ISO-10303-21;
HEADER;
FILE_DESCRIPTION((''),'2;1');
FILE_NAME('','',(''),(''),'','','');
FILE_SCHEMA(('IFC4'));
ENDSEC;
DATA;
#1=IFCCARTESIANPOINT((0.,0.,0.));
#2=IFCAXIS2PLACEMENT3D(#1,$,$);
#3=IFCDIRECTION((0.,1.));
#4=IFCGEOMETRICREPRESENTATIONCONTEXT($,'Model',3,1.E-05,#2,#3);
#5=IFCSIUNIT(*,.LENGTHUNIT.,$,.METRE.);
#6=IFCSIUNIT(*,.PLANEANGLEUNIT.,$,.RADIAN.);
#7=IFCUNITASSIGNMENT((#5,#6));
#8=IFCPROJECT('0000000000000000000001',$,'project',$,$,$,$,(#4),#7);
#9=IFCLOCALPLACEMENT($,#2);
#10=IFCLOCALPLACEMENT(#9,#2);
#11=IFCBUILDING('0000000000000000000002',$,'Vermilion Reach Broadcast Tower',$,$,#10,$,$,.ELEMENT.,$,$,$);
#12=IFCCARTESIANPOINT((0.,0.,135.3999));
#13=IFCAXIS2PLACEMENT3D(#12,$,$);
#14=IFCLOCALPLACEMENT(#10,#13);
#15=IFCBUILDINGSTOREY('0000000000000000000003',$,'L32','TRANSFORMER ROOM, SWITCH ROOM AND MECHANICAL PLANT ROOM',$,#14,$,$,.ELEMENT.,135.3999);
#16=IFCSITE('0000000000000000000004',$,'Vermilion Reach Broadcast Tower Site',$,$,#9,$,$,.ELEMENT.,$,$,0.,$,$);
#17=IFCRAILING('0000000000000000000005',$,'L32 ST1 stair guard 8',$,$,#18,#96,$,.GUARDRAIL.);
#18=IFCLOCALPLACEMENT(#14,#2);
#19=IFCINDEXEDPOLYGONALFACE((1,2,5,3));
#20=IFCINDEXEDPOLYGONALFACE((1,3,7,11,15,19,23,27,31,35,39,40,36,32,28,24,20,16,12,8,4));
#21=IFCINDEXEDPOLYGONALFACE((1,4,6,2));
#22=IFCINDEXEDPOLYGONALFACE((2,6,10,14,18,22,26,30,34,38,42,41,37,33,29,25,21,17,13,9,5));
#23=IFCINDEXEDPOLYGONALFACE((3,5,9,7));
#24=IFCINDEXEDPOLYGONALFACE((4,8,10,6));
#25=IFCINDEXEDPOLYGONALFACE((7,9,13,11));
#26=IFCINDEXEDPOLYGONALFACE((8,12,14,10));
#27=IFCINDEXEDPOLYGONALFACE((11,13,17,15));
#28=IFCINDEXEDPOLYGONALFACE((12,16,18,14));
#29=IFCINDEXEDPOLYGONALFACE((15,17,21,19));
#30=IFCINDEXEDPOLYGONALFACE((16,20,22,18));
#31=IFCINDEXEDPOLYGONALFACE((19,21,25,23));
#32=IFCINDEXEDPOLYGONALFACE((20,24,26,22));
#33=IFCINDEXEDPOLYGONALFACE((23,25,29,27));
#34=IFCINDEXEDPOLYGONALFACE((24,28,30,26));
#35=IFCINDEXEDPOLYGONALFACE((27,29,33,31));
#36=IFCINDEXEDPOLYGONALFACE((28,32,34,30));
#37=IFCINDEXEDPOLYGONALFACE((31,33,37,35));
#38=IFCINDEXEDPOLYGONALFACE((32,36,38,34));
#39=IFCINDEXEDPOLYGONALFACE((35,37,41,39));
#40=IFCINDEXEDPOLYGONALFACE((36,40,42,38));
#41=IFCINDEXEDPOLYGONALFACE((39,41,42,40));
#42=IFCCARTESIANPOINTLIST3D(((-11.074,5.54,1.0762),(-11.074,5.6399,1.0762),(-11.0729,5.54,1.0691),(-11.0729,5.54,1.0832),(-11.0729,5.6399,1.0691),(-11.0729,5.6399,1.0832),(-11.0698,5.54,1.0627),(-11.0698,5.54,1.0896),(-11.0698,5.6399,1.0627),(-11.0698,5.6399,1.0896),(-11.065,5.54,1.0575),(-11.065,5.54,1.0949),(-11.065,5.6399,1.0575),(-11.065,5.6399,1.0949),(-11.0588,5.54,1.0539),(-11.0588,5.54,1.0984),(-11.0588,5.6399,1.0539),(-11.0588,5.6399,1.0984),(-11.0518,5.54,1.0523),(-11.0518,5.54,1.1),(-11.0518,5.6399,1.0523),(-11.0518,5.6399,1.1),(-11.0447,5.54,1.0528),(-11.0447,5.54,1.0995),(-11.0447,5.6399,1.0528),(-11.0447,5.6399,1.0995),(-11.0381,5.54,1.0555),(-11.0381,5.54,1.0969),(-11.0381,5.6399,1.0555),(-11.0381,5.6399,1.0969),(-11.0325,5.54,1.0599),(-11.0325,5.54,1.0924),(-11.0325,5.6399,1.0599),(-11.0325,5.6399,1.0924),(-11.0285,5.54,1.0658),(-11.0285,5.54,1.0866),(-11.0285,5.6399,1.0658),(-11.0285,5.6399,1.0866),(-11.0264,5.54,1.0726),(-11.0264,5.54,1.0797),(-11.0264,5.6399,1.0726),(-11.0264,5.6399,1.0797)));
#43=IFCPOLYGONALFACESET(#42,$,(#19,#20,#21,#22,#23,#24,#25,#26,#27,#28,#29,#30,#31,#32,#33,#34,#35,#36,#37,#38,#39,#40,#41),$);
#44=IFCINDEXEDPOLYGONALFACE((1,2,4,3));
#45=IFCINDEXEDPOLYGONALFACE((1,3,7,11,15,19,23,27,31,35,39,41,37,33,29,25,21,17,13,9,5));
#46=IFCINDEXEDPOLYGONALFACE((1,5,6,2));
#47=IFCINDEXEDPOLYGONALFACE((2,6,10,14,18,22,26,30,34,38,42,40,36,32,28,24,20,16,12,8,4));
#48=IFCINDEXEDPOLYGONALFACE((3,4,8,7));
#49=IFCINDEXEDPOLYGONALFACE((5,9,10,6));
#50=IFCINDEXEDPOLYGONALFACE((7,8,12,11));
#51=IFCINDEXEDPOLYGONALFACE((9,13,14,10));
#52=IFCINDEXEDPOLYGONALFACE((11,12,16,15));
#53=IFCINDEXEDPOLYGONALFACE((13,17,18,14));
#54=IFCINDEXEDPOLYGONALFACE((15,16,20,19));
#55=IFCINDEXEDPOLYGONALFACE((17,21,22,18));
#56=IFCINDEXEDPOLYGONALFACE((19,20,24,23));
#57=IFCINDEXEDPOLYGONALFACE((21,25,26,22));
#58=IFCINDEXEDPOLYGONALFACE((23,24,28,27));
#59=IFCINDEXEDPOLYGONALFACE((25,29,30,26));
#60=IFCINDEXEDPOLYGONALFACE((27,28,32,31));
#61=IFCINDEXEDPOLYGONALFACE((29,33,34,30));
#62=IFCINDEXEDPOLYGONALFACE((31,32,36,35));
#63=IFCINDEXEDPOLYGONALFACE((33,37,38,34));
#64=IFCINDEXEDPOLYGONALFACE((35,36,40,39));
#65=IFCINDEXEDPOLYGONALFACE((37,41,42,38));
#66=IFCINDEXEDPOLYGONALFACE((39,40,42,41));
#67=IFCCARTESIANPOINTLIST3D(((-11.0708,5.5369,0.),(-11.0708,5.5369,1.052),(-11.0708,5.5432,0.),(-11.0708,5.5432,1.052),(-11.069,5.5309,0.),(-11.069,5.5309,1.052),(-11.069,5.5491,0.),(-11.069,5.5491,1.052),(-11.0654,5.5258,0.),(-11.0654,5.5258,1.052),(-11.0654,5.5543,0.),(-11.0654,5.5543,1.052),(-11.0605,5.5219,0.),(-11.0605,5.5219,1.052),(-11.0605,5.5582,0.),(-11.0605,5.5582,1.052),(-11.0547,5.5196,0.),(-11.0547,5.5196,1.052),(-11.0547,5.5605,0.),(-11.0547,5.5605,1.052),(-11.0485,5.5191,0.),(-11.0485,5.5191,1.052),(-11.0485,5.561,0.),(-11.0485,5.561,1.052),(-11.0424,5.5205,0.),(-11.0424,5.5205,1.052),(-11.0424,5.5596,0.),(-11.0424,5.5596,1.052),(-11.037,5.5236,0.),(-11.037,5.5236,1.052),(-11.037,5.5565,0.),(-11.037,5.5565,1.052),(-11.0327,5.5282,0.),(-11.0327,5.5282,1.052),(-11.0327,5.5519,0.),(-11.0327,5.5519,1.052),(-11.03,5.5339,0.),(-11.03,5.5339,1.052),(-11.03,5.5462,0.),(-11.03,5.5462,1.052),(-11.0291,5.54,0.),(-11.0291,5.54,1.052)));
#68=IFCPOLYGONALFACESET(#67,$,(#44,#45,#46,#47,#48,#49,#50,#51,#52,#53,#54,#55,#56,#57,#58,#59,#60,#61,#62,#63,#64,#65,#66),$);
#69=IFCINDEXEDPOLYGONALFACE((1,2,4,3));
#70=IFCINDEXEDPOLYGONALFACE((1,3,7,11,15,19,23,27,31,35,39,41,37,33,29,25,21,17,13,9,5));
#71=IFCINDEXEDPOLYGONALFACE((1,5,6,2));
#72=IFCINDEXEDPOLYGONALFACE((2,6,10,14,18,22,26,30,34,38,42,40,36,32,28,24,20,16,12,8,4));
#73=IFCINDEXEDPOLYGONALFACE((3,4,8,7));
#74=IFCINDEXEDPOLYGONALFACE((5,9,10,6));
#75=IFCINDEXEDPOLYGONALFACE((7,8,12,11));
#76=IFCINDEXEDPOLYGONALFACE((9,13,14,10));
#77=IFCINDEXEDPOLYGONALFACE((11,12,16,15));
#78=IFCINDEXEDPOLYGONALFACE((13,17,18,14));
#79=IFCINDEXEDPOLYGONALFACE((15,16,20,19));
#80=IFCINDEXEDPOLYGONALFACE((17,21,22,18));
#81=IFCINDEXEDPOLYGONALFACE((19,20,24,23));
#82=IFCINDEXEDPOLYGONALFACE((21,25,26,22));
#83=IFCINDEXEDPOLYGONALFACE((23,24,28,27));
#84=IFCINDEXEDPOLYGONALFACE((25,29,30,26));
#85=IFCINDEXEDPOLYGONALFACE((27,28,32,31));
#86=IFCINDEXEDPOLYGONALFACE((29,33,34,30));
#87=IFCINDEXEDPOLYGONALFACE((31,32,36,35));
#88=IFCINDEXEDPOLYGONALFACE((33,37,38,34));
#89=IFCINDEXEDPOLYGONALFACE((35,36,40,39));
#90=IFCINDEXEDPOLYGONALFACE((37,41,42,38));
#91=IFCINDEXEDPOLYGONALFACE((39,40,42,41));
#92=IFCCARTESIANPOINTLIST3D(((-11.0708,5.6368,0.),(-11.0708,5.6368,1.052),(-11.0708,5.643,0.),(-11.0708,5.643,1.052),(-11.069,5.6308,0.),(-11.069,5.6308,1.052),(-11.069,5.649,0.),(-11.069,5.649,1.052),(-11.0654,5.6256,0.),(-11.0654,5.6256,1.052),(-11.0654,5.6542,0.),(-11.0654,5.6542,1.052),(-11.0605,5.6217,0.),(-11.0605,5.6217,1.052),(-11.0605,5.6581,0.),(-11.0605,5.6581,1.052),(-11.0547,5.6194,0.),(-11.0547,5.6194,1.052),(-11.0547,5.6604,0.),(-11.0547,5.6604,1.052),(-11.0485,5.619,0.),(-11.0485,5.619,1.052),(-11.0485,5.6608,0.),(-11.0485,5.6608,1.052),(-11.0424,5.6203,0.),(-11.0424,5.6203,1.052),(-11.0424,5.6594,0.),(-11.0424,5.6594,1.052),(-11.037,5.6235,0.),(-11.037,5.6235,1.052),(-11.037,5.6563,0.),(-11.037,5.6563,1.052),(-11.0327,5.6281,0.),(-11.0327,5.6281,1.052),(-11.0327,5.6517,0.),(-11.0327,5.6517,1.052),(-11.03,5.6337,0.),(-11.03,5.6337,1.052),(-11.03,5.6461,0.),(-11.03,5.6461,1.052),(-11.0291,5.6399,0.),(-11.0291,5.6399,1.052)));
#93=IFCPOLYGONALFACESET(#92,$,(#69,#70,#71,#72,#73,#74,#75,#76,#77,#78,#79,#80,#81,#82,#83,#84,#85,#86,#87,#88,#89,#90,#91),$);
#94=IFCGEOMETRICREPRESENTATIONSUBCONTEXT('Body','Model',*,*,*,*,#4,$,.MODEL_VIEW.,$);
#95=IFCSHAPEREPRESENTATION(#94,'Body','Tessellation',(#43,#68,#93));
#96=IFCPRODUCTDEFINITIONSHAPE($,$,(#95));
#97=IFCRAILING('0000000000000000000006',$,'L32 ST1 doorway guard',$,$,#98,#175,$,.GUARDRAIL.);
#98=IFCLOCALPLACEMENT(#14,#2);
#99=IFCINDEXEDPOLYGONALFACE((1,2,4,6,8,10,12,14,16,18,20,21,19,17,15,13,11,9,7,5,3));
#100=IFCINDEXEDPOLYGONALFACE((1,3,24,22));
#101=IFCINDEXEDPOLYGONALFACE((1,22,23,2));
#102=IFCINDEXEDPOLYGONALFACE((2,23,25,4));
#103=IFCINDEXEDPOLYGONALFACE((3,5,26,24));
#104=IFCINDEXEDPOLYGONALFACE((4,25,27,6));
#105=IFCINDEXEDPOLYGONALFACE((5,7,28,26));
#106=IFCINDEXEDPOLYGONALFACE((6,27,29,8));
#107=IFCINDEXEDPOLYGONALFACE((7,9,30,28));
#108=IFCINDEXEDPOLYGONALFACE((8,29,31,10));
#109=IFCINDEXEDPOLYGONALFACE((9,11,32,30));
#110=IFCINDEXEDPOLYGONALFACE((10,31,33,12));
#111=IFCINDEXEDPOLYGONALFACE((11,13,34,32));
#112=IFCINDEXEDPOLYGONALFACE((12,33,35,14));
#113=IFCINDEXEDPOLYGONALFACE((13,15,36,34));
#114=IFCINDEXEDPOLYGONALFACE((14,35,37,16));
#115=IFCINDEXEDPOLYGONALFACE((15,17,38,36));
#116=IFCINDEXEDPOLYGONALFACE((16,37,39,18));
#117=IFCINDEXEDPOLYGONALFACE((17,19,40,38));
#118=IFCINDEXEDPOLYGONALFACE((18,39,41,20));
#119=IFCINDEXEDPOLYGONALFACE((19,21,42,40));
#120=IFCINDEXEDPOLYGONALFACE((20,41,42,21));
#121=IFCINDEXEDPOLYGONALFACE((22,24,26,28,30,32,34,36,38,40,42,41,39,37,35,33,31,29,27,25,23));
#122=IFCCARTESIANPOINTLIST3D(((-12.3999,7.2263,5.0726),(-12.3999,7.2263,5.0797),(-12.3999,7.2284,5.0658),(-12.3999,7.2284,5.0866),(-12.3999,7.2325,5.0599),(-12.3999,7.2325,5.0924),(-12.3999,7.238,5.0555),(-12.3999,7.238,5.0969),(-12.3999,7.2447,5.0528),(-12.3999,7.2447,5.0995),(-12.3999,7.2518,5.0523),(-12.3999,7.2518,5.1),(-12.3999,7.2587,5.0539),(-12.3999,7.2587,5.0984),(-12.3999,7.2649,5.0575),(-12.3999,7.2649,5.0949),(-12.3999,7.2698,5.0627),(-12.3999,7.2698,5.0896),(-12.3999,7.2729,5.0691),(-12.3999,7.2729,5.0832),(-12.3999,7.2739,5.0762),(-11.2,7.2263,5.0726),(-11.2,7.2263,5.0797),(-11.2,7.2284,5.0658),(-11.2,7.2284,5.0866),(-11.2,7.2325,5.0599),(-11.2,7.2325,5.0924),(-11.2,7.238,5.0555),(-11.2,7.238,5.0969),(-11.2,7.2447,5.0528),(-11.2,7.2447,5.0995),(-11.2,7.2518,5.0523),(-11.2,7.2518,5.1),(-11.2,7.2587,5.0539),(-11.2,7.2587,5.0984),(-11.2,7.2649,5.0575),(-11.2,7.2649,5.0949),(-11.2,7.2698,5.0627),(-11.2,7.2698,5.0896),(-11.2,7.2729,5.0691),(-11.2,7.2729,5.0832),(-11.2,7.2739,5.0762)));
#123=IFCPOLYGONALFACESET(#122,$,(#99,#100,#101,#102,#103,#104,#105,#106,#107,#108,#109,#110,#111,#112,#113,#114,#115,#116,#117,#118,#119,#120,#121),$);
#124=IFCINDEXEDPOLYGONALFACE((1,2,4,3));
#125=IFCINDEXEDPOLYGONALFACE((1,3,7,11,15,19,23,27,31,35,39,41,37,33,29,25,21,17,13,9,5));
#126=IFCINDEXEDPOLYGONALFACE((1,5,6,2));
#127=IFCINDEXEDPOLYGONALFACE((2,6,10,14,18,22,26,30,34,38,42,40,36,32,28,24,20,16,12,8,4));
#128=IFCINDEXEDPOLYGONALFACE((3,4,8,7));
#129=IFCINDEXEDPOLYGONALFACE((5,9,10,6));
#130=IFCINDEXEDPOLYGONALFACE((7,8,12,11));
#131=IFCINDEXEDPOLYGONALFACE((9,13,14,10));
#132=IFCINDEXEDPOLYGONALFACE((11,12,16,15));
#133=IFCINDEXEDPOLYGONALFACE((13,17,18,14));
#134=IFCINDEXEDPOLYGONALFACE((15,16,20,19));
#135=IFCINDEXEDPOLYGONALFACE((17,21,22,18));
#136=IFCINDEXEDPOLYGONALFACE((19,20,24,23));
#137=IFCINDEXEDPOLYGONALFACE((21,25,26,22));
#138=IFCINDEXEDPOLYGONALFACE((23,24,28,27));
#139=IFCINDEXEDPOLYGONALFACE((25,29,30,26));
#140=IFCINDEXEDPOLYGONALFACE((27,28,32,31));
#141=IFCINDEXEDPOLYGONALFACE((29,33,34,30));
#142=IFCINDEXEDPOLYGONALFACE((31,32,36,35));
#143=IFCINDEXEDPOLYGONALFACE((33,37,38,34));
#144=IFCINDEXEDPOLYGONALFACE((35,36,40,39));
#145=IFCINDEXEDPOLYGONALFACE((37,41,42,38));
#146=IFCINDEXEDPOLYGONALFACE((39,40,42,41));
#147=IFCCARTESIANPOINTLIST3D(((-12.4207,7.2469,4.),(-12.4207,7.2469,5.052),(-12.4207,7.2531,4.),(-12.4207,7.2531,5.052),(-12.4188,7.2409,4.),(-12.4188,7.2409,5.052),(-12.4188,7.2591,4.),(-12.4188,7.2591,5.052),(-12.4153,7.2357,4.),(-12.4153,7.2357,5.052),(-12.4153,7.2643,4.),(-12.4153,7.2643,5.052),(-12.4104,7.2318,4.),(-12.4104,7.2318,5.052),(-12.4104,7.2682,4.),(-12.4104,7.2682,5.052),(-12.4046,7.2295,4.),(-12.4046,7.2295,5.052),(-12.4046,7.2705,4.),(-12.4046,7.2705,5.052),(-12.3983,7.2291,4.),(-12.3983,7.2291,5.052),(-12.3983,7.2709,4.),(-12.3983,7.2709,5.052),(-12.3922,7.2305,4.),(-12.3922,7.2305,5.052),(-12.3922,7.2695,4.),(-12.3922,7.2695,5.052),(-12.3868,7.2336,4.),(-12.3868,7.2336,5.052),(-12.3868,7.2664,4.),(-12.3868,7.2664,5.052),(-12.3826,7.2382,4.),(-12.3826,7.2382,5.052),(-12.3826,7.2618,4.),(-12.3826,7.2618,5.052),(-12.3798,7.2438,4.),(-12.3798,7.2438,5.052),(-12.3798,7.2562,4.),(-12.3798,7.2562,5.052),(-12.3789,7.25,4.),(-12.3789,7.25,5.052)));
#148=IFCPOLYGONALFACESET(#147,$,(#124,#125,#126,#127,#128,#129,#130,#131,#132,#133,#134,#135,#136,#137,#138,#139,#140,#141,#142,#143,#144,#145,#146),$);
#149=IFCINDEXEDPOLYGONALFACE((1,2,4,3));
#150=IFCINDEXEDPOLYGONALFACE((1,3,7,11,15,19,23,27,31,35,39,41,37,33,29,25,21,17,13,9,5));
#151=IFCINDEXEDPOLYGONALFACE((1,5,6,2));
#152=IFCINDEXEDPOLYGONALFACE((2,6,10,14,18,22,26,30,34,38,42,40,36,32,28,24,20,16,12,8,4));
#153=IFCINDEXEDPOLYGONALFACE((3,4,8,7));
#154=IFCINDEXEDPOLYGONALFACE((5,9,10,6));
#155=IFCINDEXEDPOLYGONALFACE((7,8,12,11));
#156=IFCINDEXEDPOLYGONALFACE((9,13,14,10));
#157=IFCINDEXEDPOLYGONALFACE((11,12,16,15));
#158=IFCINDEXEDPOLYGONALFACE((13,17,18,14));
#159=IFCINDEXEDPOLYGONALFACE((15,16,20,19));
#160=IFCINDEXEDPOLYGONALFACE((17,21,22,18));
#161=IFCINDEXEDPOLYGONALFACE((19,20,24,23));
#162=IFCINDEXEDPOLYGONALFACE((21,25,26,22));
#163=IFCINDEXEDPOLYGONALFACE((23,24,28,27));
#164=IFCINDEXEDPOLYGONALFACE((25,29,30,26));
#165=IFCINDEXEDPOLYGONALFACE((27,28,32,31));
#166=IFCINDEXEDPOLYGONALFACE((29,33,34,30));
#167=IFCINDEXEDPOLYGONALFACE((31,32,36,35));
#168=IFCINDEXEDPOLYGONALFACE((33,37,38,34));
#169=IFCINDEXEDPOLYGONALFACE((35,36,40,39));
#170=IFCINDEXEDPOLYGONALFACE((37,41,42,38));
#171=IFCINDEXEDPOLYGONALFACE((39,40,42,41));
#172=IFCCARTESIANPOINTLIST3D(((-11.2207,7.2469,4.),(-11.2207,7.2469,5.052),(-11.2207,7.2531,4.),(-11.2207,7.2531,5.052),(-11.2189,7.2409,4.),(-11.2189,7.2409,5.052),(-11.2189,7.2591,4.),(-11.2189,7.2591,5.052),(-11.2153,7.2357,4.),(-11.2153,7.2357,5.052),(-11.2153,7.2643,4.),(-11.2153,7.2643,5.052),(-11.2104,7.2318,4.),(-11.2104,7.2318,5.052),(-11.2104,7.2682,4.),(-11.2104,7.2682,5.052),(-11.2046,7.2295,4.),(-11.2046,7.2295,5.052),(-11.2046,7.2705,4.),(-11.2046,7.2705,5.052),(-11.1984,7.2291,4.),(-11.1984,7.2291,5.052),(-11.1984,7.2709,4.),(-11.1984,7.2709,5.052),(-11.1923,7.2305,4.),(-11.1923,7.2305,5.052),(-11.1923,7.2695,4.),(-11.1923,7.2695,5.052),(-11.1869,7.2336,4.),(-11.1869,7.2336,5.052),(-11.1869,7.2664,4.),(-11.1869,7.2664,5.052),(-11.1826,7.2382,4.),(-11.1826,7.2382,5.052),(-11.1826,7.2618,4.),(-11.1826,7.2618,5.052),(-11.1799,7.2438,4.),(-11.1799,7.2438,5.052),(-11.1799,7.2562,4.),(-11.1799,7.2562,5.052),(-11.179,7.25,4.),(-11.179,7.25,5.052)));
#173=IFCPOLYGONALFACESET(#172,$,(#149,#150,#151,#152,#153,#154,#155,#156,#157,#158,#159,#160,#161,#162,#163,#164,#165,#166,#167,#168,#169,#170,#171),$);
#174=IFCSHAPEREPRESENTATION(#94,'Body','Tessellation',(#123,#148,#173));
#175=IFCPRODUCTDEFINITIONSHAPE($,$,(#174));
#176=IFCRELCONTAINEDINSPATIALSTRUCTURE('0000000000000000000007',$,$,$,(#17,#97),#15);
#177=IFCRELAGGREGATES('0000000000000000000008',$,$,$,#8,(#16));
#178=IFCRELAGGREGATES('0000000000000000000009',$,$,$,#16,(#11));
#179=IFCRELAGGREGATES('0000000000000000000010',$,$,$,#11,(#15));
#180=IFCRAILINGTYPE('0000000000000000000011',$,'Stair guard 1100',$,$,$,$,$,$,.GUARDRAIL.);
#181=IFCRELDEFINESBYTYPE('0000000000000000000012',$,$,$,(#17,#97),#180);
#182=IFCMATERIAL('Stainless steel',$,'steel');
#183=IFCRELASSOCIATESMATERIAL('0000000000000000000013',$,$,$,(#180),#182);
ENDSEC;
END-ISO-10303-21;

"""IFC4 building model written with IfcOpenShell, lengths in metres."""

from ifc_helpers import new_model, si_unit, direction, frame, origin, origin_2d, place, context, subcontext, project, spatial, circle, extrude, material, type_object, element, save


model = new_model("IFC4")

# Units and contexts
model_context = context("Model", 3, precision=1e-05, world=origin(), true_north=direction((0.0, 1.0)))
body_context = subcontext(model_context, "Body", "Model", "MODEL_VIEW")
ifc_project = project(units=[si_unit("LENGTHUNIT", "METRE"), si_unit("PLANEANGLEUNIT", "RADIAN")], contexts=[model_context])

# Site, building, storey
site_placement = place(None, origin())
site = spatial("IfcSite", under=ifc_project, at=site_placement, Name="Vermilion Reach Broadcast Tower Site", CompositionType="ELEMENT", RefElevation=0.0)
building_placement = place(site_placement, origin())
building = spatial("IfcBuilding", under=site, at=building_placement, Name="Vermilion Reach Broadcast Tower", CompositionType="ELEMENT")
storey_placement = place(building_placement, frame((0.0, 0.0, 135.3999)))
storey = spatial("IfcBuildingStorey", under=building, at=storey_placement, Name="L32", Description="TRANSFORMER ROOM, SWITCH ROOM AND MECHANICAL PLANT ROOM", CompositionType="ELEMENT", Elevation=135.3999)

# Railings
ifc_material_1 = material(Name="Stainless steel", Category="steel")
railing_type_1 = type_object("IfcRailingType", Name="Stair guard 1100", PredefinedType="GUARDRAIL", material=ifc_material_1)
railing_1_placement = place(storey_placement, frame((-11.05, 5.54, 0.0)))
element("IfcRailing", 1, at=railing_1_placement, inside=storey, type_object=railing_type_1, Name="L32 ST1 stair guard 8", PredefinedType="GUARDRAIL", context=body_context, shape_type="SweptSolid", body=[
    extrude(circle(Radius=0.0239, at=origin_2d()), frame((0.0, 0.0, 1.0762), z_axis=(0.0, 1.0, 0.0), x_axis=(-1.0, 0.0, 0.0)), (0.0, 0.0, 1.0), 0.0999),
    extrude(circle(Radius=0.021, at=origin_2d()), origin(), (0.0, 0.0, 1.0), 1.052),
    extrude(circle(Radius=0.021, at=origin_2d()), frame((0.0, 0.0999, 0.0)), (0.0, 0.0, 1.0), 1.052),
])
railing_2_placement = place(storey_placement, frame((-12.3999, 7.25, 4.0)))
element("IfcRailing", 2, at=railing_2_placement, inside=storey, type_object=railing_type_1, Name="L32 ST1 doorway guard", PredefinedType="GUARDRAIL", context=body_context, shape_type="SweptSolid", body=[
    extrude(circle(Radius=0.0239, at=origin_2d()), frame((0.0, 0.0, 1.0762), z_axis=(1.0, 0.0, 0.0), x_axis=(0.0, 1.0, 0.0)), (0.0, 0.0, 1.0), 1.2),
    extrude(circle(Radius=0.021, at=origin_2d()), origin(), (0.0, 0.0, 1.0), 1.052),
    extrude(circle(Radius=0.021, at=origin_2d()), frame((1.2, 0.0, 0.0)), (0.0, 0.0, 1.0), 1.052),
])

save(model, "model.ifc")
